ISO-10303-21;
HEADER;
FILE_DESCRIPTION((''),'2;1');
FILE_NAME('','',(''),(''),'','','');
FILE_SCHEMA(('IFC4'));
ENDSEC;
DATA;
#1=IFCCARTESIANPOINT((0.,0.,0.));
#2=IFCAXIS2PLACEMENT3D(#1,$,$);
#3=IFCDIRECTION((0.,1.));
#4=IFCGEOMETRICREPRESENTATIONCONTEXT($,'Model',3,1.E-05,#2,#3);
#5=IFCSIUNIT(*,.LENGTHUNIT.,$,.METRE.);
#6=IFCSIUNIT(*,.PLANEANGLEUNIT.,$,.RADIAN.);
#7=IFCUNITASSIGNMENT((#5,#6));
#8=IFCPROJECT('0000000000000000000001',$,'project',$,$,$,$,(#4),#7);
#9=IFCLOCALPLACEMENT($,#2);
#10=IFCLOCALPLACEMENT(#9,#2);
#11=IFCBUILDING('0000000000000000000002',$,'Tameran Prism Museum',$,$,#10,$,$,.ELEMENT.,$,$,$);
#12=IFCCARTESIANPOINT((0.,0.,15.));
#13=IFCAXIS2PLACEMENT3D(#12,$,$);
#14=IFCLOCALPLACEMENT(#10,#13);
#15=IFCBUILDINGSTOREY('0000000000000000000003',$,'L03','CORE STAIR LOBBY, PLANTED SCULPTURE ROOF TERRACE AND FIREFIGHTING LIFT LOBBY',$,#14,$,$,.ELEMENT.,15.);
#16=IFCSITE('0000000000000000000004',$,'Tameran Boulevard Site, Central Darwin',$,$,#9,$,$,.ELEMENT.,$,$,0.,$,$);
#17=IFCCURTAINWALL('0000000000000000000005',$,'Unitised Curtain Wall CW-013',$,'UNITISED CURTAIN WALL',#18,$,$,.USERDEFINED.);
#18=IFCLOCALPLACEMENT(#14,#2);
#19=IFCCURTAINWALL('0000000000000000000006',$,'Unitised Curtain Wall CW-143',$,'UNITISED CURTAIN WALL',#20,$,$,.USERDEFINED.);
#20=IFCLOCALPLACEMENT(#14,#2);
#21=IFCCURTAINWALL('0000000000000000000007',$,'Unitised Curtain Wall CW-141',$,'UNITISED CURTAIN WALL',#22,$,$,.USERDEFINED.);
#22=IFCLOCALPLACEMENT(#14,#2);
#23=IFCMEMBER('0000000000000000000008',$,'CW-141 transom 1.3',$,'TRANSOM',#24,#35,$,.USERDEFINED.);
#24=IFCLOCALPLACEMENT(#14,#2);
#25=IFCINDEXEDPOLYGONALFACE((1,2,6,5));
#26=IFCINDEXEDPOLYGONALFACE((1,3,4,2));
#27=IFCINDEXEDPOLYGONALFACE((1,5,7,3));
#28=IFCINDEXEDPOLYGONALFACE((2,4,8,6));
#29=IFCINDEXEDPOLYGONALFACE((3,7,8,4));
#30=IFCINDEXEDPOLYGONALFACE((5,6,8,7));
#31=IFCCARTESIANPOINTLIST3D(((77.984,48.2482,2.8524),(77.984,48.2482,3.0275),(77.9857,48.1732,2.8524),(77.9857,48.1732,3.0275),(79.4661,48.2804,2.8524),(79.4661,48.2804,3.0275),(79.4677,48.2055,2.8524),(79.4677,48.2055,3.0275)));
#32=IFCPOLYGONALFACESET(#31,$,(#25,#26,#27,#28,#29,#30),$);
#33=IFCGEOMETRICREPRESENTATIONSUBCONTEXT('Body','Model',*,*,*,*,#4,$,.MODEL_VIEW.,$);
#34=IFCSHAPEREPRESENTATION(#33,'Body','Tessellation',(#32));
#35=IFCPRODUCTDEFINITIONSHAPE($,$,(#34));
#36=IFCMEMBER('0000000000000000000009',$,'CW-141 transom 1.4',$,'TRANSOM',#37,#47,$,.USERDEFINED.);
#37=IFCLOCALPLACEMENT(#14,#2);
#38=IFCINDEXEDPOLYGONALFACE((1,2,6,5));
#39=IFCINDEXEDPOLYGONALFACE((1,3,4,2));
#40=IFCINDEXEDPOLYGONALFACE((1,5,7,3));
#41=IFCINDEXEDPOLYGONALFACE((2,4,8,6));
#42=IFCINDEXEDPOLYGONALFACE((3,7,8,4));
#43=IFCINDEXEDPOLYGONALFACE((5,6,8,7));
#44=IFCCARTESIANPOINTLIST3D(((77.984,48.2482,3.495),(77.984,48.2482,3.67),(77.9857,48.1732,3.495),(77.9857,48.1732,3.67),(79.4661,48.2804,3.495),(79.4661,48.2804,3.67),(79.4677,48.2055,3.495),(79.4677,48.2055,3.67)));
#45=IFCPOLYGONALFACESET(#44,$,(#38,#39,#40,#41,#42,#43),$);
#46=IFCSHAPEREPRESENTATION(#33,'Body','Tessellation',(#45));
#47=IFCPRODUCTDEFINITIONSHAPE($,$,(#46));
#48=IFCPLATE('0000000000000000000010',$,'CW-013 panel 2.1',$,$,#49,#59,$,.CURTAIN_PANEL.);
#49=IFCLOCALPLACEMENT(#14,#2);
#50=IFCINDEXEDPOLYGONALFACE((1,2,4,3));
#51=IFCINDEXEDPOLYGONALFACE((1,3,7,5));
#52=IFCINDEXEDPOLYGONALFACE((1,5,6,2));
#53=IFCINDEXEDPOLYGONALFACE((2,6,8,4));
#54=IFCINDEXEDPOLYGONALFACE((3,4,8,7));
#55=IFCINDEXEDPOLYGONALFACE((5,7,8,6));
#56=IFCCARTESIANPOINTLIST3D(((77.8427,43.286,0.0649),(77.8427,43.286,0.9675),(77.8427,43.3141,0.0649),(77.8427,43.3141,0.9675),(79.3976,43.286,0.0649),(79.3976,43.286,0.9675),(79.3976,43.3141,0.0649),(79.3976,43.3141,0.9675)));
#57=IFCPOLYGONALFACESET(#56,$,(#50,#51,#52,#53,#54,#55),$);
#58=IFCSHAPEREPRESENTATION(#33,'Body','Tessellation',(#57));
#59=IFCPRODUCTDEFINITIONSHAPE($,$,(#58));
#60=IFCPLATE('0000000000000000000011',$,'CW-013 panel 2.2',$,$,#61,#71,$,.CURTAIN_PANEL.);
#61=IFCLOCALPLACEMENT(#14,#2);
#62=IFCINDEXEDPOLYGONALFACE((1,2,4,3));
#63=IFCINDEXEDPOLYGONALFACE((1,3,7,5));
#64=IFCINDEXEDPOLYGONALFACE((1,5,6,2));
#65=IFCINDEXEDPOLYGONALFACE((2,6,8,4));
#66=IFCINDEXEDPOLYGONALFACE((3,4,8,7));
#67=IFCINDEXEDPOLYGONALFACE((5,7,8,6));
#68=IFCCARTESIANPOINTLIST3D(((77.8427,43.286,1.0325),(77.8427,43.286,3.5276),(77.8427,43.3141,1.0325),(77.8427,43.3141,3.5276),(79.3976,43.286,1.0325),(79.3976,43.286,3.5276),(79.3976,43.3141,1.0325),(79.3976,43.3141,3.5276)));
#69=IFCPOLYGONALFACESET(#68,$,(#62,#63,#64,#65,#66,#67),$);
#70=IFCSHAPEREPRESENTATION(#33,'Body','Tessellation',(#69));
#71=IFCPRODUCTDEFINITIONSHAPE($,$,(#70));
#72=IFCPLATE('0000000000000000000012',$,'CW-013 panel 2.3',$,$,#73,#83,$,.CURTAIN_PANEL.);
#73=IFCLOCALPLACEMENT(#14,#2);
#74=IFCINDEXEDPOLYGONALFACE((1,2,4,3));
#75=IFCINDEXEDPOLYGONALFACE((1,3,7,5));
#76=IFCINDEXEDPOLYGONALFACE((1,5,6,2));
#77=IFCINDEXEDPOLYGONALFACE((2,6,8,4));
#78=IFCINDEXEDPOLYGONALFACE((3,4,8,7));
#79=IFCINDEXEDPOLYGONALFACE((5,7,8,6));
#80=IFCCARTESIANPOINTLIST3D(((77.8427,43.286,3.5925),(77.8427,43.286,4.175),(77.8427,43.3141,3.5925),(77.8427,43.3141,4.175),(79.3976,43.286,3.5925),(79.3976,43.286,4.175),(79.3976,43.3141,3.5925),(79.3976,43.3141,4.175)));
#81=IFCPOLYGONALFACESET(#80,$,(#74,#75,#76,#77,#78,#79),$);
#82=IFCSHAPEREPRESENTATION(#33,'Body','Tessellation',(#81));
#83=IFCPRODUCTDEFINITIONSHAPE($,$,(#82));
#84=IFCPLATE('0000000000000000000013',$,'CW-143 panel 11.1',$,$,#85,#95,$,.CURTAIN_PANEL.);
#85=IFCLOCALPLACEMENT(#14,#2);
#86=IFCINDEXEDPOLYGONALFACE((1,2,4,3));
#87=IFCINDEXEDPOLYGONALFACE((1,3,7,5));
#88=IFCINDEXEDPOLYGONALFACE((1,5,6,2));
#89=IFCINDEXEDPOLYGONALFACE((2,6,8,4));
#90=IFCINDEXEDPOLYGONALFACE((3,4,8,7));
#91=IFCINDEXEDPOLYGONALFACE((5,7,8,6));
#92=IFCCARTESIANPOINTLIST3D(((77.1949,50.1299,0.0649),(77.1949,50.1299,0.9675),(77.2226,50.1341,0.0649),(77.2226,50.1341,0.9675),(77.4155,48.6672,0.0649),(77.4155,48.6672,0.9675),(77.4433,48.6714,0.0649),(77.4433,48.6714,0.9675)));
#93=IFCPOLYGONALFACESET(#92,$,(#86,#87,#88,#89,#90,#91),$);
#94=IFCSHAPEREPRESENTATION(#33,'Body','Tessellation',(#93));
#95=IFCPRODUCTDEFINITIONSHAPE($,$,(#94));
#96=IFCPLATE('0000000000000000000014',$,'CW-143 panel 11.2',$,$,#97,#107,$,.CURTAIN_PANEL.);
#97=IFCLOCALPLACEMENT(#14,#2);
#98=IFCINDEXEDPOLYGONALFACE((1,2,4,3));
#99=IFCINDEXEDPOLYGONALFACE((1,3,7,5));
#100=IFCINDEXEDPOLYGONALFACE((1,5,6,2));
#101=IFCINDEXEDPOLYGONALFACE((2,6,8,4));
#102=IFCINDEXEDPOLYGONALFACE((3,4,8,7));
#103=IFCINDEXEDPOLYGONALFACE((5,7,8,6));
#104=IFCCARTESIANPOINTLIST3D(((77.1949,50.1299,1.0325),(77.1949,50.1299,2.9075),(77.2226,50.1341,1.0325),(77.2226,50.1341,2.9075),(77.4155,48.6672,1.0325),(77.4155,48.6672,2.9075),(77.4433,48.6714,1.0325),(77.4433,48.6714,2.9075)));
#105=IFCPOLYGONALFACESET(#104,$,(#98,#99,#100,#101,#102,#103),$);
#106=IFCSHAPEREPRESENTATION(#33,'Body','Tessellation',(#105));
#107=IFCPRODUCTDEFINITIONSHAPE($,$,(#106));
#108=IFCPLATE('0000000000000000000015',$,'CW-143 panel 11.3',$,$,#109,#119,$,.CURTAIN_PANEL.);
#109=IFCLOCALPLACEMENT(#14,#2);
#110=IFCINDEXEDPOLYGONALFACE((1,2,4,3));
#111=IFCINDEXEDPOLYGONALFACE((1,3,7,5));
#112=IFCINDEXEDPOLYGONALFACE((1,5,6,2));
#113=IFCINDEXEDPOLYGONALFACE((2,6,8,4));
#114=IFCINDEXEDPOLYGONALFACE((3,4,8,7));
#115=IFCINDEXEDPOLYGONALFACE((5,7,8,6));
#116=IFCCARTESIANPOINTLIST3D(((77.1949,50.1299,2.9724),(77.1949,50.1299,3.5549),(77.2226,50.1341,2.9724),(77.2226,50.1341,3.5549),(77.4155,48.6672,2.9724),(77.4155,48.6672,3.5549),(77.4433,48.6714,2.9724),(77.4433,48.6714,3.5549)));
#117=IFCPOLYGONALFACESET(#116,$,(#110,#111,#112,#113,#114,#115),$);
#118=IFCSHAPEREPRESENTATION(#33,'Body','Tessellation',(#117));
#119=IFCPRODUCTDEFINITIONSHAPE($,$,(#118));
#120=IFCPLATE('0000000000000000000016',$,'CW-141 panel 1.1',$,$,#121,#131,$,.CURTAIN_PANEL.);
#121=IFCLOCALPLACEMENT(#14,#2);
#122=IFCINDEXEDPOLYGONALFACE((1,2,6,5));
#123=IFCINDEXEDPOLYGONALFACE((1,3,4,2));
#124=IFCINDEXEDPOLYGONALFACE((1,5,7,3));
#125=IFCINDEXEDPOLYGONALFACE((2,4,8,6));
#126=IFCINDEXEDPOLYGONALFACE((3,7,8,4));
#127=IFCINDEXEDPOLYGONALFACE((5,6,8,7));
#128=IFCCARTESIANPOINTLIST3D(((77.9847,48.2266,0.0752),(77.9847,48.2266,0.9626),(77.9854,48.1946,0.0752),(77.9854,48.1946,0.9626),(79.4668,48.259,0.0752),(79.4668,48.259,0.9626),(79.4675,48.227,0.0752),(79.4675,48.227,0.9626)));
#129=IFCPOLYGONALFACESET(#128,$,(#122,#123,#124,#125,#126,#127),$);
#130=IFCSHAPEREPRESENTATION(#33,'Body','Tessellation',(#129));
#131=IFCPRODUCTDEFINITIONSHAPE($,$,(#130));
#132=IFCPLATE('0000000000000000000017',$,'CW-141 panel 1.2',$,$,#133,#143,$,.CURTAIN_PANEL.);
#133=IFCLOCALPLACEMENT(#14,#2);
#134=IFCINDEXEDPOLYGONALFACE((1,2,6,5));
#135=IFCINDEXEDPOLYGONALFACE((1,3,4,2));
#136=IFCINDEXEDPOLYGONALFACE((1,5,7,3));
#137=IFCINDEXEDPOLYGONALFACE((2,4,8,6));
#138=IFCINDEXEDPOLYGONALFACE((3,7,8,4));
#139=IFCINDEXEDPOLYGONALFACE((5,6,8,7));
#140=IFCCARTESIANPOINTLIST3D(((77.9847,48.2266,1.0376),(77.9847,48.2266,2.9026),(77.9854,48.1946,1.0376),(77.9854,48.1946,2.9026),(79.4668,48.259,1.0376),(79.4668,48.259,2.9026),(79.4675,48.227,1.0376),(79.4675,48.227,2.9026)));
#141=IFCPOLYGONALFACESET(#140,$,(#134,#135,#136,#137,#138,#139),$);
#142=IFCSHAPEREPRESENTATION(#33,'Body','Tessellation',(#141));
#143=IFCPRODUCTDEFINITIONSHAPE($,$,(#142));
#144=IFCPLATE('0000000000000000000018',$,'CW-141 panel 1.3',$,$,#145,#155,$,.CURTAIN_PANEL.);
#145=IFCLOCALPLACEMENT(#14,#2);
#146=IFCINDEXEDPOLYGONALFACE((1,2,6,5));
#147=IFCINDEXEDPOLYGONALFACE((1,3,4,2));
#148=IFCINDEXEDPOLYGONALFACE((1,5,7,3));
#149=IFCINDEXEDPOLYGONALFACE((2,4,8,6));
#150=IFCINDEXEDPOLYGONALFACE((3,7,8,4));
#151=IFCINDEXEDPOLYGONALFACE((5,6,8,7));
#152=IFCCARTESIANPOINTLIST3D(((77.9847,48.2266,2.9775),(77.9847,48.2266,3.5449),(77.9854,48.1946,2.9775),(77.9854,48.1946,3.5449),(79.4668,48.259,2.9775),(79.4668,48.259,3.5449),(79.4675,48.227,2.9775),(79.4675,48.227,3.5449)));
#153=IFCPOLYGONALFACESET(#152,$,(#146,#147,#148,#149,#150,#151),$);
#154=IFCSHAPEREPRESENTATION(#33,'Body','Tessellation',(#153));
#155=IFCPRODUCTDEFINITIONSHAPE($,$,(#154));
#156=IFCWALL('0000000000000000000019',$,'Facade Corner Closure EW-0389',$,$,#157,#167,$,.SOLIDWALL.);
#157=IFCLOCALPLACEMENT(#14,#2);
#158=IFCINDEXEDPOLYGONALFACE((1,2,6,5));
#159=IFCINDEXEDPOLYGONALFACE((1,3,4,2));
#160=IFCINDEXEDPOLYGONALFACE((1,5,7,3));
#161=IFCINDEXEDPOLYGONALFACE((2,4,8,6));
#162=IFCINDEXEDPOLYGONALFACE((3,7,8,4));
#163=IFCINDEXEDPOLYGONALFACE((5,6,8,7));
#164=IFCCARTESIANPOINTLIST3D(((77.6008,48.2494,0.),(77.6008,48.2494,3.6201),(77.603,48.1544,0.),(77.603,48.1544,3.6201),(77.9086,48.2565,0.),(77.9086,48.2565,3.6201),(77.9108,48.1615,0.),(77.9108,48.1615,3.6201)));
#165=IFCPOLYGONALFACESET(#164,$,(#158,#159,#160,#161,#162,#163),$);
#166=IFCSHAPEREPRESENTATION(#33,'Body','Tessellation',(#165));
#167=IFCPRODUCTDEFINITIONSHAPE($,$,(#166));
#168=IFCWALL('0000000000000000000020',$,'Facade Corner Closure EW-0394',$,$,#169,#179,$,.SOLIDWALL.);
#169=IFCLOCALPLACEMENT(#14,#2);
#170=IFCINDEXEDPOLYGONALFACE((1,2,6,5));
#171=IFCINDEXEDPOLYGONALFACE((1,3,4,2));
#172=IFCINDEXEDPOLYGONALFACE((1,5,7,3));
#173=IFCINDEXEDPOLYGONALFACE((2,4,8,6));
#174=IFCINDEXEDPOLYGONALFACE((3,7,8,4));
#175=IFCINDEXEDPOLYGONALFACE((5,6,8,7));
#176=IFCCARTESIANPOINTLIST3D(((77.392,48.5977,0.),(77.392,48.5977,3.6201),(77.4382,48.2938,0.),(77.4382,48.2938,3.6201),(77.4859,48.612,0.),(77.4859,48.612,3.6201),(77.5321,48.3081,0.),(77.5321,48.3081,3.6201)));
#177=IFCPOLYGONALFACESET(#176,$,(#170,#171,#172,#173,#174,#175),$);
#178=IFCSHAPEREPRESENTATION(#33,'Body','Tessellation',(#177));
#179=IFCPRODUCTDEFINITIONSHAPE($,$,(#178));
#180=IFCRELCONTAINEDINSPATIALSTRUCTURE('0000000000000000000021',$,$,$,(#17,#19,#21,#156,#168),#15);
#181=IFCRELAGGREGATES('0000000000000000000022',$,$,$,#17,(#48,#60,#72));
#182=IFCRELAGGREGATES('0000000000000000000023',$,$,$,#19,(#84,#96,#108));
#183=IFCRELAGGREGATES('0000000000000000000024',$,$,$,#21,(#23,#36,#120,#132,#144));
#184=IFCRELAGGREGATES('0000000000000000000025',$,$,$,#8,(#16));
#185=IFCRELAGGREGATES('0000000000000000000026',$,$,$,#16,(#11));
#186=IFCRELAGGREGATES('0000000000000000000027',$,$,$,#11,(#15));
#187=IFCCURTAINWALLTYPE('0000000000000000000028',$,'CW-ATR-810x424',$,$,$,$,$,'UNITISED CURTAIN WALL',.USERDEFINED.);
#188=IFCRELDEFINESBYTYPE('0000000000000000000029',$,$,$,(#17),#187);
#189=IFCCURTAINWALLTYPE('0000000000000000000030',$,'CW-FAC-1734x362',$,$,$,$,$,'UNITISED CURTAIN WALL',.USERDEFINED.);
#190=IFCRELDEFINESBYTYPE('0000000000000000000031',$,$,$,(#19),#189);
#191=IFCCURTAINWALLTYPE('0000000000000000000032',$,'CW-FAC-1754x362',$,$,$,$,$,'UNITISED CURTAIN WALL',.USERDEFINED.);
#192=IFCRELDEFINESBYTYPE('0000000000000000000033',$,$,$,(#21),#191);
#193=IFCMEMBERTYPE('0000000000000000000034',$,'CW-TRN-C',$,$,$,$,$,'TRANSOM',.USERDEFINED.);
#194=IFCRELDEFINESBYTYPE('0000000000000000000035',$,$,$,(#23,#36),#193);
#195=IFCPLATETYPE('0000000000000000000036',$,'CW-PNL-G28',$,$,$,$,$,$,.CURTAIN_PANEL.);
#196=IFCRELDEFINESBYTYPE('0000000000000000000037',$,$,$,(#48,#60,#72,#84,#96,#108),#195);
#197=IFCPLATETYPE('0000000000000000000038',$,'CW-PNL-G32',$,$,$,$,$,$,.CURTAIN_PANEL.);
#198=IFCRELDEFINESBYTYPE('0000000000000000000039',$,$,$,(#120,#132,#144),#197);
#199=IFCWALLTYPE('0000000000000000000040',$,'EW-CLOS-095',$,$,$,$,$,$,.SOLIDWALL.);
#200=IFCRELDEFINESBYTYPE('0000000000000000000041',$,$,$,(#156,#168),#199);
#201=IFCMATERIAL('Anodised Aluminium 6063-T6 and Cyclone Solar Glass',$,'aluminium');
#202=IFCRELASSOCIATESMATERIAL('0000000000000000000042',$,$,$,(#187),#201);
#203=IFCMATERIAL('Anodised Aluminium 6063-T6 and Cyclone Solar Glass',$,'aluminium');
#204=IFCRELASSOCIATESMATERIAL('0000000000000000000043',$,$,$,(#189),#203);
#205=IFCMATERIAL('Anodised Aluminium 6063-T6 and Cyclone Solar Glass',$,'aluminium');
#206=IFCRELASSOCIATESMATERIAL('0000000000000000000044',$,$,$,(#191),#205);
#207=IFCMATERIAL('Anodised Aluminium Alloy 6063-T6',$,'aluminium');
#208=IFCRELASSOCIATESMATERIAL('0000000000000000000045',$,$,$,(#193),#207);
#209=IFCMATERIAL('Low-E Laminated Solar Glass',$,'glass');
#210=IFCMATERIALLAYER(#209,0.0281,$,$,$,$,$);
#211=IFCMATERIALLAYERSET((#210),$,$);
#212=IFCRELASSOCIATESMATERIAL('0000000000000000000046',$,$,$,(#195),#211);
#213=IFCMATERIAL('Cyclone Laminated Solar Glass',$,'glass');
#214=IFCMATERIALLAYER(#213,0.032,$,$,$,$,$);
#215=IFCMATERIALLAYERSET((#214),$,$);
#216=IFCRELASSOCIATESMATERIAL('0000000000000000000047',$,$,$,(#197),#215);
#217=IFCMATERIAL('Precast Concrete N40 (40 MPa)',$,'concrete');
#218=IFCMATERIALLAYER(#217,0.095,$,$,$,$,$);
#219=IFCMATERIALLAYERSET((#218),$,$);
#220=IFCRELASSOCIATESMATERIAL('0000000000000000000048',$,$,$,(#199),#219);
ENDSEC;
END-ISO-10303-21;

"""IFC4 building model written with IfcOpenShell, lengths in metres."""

from ifc_helpers import new_model, si_unit, direction, frame, frame_2d, origin, origin_2d, place, context, subcontext, project, spatial, rectangle, extrude, material, layer, layer_set, material_profile, profile_set, type_object, element, aggregate, save


model = new_model("IFC4")

# Units and contexts
model_context = context("Model", 3, precision=1e-05, world=origin(), true_north=direction((0.0, 1.0)))
body_context = subcontext(model_context, "Body", "Model", "MODEL_VIEW")
ifc_project = project(units=[si_unit("LENGTHUNIT", "METRE"), si_unit("PLANEANGLEUNIT", "RADIAN")], contexts=[model_context])

# Site, building, storey
site_placement = place(None, origin())
site = spatial("IfcSite", under=ifc_project, at=site_placement, Name="Tameran Boulevard Site, Central Darwin", CompositionType="ELEMENT", RefElevation=0.0)
building_placement = place(site_placement, origin())
building = spatial("IfcBuilding", under=site, at=building_placement, Name="Tameran Prism Museum", CompositionType="ELEMENT")
storey_placement = place(building_placement, frame((0.0, 0.0, 15.0)))
storey = spatial("IfcBuildingStorey", under=building, at=storey_placement, Name="L03", Description="CORE STAIR LOBBY, PLANTED SCULPTURE ROOF TERRACE AND FIREFIGHTING LIFT LOBBY", CompositionType="ELEMENT", Elevation=15.0)

# Curtain walls
ifc_material_1 = material(Name="Anodised Aluminium 6063-T6 and Cyclone Solar Glass", Category="aluminium")
curtain_wall_type_1 = type_object("IfcCurtainWallType", Name="CW-ATR-810x424", ElementType="UNITISED CURTAIN WALL", PredefinedType="USERDEFINED", material=ifc_material_1)
curtain_wall_1_placement = place(storey_placement, origin())
curtain_wall_1 = element("IfcCurtainWall", 1, at=curtain_wall_1_placement, inside=storey, type_object=curtain_wall_type_1, Name="Unitised Curtain Wall CW-013", ObjectType="UNITISED CURTAIN WALL", PredefinedType="USERDEFINED")
ifc_material_2 = material(Name="Anodised Aluminium 6063-T6 and Cyclone Solar Glass", Category="aluminium")
curtain_wall_type_2 = type_object("IfcCurtainWallType", Name="CW-FAC-1734x362", ElementType="UNITISED CURTAIN WALL", PredefinedType="USERDEFINED", material=ifc_material_2)
curtain_wall_2_placement = place(storey_placement, origin())
curtain_wall_2 = element("IfcCurtainWall", 2, at=curtain_wall_2_placement, inside=storey, type_object=curtain_wall_type_2, Name="Unitised Curtain Wall CW-143", ObjectType="UNITISED CURTAIN WALL", PredefinedType="USERDEFINED")
ifc_material_3 = material(Name="Anodised Aluminium 6063-T6 and Cyclone Solar Glass", Category="aluminium")
curtain_wall_type_3 = type_object("IfcCurtainWallType", Name="CW-FAC-1754x362", ElementType="UNITISED CURTAIN WALL", PredefinedType="USERDEFINED", material=ifc_material_3)
curtain_wall_3_placement = place(storey_placement, origin())
curtain_wall_3 = element("IfcCurtainWall", 3, at=curtain_wall_3_placement, inside=storey, type_object=curtain_wall_type_3, Name="Unitised Curtain Wall CW-141", ObjectType="UNITISED CURTAIN WALL", PredefinedType="USERDEFINED")

# Members
ifc_material_4 = material(Name="Anodised Aluminium Alloy 6063-T6", Category="aluminium")
ifc_material_profile_1 = material_profile(ifc_material_4, rectangle(XDim=0.075, YDim=0.175, at=origin_2d()))
ifc_profile_set_1 = profile_set([ifc_material_profile_1])
member_type_1 = type_object("IfcMemberType", Name="CW-TRN-C", ElementType="TRANSOM", PredefinedType="USERDEFINED", material=ifc_profile_set_1)
member_1_placement = place(storey_placement, frame((77.9849, 48.2107, 2.9399), z_axis=(0.999764, 0.021738, 0.0), x_axis=(-0.021738, 0.999764, 0.0)))
member_1 = element("IfcMember", 4, at=member_1_placement, type_object=member_type_1, Name="CW-141 transom 1.3", ObjectType="TRANSOM", PredefinedType="USERDEFINED", context=body_context, shape_type="SweptSolid", body=[
    extrude(rectangle(XDim=0.075, YDim=0.175, at=origin_2d()), origin(), (0.0, 0.0, 1.0), 1.4824),
])
member_2_placement = place(storey_placement, frame((77.9849, 48.2107, 3.5825), z_axis=(0.999764, 0.021738, 0.0), x_axis=(-0.021738, 0.999764, 0.0)))
member_2 = element("IfcMember", 5, at=member_2_placement, type_object=member_type_1, Name="CW-141 transom 1.4", ObjectType="TRANSOM", PredefinedType="USERDEFINED", context=body_context, shape_type="SweptSolid", body=[
    extrude(rectangle(XDim=0.075, YDim=0.175, at=origin_2d()), origin(), (0.0, 0.0, 1.0), 1.4824),
])

# Plates
ifc_material_5 = material(Name="Low-E Laminated Solar Glass", Category="glass")
ifc_layer_1 = layer(ifc_material_5, 0.0281)
ifc_layer_set_1 = layer_set([ifc_layer_1])
plate_type_1 = type_object("IfcPlateType", Name="CW-PNL-G28", PredefinedType="CURTAIN_PANEL", material=ifc_layer_set_1)
plate_1_placement = place(storey_placement, frame((78.6201, 43.3, 0.0649), z_axis=(0.0, 0.0, 1.0), x_axis=(-1.0, 0.0, 0.0)))
plate_1 = element("IfcPlate", 6, at=plate_1_placement, type_object=plate_type_1, Name="CW-013 panel 2.1", PredefinedType="CURTAIN_PANEL", context=body_context, shape_type="SweptSolid", body=[
    extrude(rectangle(XDim=1.5549, YDim=0.0281, at=origin_2d()), origin(), (0.0, 0.0, 1.0), 0.9026),
])
plate_2_placement = place(storey_placement, frame((78.6201, 43.3, 1.0325), z_axis=(0.0, 0.0, 1.0), x_axis=(-1.0, 0.0, 0.0)))
plate_2 = element("IfcPlate", 7, at=plate_2_placement, type_object=plate_type_1, Name="CW-013 panel 2.2", PredefinedType="CURTAIN_PANEL", context=body_context, shape_type="SweptSolid", body=[
    extrude(rectangle(XDim=1.5549, YDim=0.0281, at=origin_2d()), origin(), (0.0, 0.0, 1.0), 2.4951),
])
plate_3_placement = place(storey_placement, frame((78.6201, 43.3, 3.5925), z_axis=(0.0, 0.0, 1.0), x_axis=(-1.0, 0.0, 0.0)))
plate_3 = element("IfcPlate", 8, at=plate_3_placement, type_object=plate_type_1, Name="CW-013 panel 2.3", PredefinedType="CURTAIN_PANEL", context=body_context, shape_type="SweptSolid", body=[
    extrude(rectangle(XDim=1.5549, YDim=0.0281, at=origin_2d()), origin(), (0.0, 0.0, 1.0), 0.5825),
])
aggregate(curtain_wall_1, [plate_1, plate_2, plate_3])
plate_4_placement = place(storey_placement, frame((77.3191, 49.4006, 0.0649), z_axis=(0.0, 0.0, 1.0), x_axis=(0.149167, -0.988812, 0.0)))
plate_4 = element("IfcPlate", 9, at=plate_4_placement, type_object=plate_type_1, Name="CW-143 panel 11.1", PredefinedType="CURTAIN_PANEL", context=body_context, shape_type="SweptSolid", body=[
    extrude(rectangle(XDim=1.4792, YDim=0.0281, at=origin_2d()), origin(), (0.0, 0.0, 1.0), 0.9026),
])
plate_5_placement = place(storey_placement, frame((77.3191, 49.4006, 1.0325), z_axis=(0.0, 0.0, 1.0), x_axis=(0.149167, -0.988812, 0.0)))
plate_5 = element("IfcPlate", 10, at=plate_5_placement, type_object=plate_type_1, Name="CW-143 panel 11.2", PredefinedType="CURTAIN_PANEL", context=body_context, shape_type="SweptSolid", body=[
    extrude(rectangle(XDim=1.4792, YDim=0.0281, at=origin_2d()), origin(), (0.0, 0.0, 1.0), 1.875),
])
plate_6_placement = place(storey_placement, frame((77.3191, 49.4006, 2.9724), z_axis=(0.0, 0.0, 1.0), x_axis=(0.149167, -0.988812, 0.0)))
plate_6 = element("IfcPlate", 11, at=plate_6_placement, type_object=plate_type_1, Name="CW-143 panel 11.3", PredefinedType="CURTAIN_PANEL", context=body_context, shape_type="SweptSolid", body=[
    extrude(rectangle(XDim=1.4792, YDim=0.0281, at=origin_2d()), origin(), (0.0, 0.0, 1.0), 0.5825),
])
aggregate(curtain_wall_2, [plate_4, plate_5, plate_6])
ifc_material_6 = material(Name="Cyclone Laminated Solar Glass", Category="glass")
ifc_layer_2 = layer(ifc_material_6, 0.032)
ifc_layer_set_2 = layer_set([ifc_layer_2])
plate_type_2 = type_object("IfcPlateType", Name="CW-PNL-G32", PredefinedType="CURTAIN_PANEL", material=ifc_layer_set_2)
plate_7_placement = place(storey_placement, frame((78.7261, 48.2268, 0.0752), z_axis=(0.0, 0.0, 1.0), x_axis=(0.999762, 0.021831, 0.0)))
plate_7 = element("IfcPlate", 12, at=plate_7_placement, type_object=plate_type_2, Name="CW-141 panel 1.1", PredefinedType="CURTAIN_PANEL", context=body_context, shape_type="SweptSolid", body=[
    extrude(rectangle(XDim=1.4824, YDim=0.032, at=origin_2d()), origin(), (0.0, 0.0, 1.0), 0.8875),
])
plate_8_placement = place(storey_placement, frame((78.7261, 48.2268, 1.0376), z_axis=(0.0, 0.0, 1.0), x_axis=(0.999762, 0.021831, 0.0)))
plate_8 = element("IfcPlate", 13, at=plate_8_placement, type_object=plate_type_2, Name="CW-141 panel 1.2", PredefinedType="CURTAIN_PANEL", context=body_context, shape_type="SweptSolid", body=[
    extrude(rectangle(XDim=1.4824, YDim=0.032, at=origin_2d()), origin(), (0.0, 0.0, 1.0), 1.865),
])
plate_9_placement = place(storey_placement, frame((78.7261, 48.2268, 2.9775), z_axis=(0.0, 0.0, 1.0), x_axis=(0.999762, 0.021831, 0.0)))
plate_9 = element("IfcPlate", 14, at=plate_9_placement, type_object=plate_type_2, Name="CW-141 panel 1.3", PredefinedType="CURTAIN_PANEL", context=body_context, shape_type="SweptSolid", body=[
    extrude(rectangle(XDim=1.4824, YDim=0.032, at=origin_2d()), origin(), (0.0, 0.0, 1.0), 0.5674),
])
aggregate(curtain_wall_3, [member_1, member_2, plate_7, plate_8, plate_9])

# Walls
ifc_material_7 = material(Name="Precast Concrete N40 (40 MPa)", Category="concrete")
ifc_layer_3 = layer(ifc_material_7, 0.095)
ifc_layer_set_3 = layer_set([ifc_layer_3])
wall_type_1 = type_object("IfcWallType", Name="EW-CLOS-095", PredefinedType="SOLIDWALL", material=ifc_layer_set_3)
wall_1_placement = place(storey_placement, frame((77.6021, 48.2019, 0.0), z_axis=(0.0, 0.0, 1.0), x_axis=(0.999736, 0.022992, 0.0)))
element("IfcWall", 15, at=wall_1_placement, inside=storey, type_object=wall_type_1, Name="Facade Corner Closure EW-0389", PredefinedType="SOLIDWALL", context=body_context, shape_type="SweptSolid", body=[
    extrude(rectangle(XDim=0.3079, YDim=0.095, at=frame_2d((0.1538, 0.0))), origin(), (0.0, 0.0, 1.0), 3.6201),
])
wall_2_placement = place(storey_placement, frame((77.439, 48.605, 0.0), z_axis=(0.0, 0.0, 1.0), x_axis=(0.150088, -0.988673, 0.0)))
element("IfcWall", 16, at=wall_2_placement, inside=storey, type_object=wall_type_1, Name="Facade Corner Closure EW-0394", PredefinedType="SOLIDWALL", context=body_context, shape_type="SweptSolid", body=[
    extrude(rectangle(XDim=0.3074, YDim=0.095, at=frame_2d((0.1538, 0.0))), origin(), (0.0, 0.0, 1.0), 3.6201),
])

save(model, "model.ifc")
